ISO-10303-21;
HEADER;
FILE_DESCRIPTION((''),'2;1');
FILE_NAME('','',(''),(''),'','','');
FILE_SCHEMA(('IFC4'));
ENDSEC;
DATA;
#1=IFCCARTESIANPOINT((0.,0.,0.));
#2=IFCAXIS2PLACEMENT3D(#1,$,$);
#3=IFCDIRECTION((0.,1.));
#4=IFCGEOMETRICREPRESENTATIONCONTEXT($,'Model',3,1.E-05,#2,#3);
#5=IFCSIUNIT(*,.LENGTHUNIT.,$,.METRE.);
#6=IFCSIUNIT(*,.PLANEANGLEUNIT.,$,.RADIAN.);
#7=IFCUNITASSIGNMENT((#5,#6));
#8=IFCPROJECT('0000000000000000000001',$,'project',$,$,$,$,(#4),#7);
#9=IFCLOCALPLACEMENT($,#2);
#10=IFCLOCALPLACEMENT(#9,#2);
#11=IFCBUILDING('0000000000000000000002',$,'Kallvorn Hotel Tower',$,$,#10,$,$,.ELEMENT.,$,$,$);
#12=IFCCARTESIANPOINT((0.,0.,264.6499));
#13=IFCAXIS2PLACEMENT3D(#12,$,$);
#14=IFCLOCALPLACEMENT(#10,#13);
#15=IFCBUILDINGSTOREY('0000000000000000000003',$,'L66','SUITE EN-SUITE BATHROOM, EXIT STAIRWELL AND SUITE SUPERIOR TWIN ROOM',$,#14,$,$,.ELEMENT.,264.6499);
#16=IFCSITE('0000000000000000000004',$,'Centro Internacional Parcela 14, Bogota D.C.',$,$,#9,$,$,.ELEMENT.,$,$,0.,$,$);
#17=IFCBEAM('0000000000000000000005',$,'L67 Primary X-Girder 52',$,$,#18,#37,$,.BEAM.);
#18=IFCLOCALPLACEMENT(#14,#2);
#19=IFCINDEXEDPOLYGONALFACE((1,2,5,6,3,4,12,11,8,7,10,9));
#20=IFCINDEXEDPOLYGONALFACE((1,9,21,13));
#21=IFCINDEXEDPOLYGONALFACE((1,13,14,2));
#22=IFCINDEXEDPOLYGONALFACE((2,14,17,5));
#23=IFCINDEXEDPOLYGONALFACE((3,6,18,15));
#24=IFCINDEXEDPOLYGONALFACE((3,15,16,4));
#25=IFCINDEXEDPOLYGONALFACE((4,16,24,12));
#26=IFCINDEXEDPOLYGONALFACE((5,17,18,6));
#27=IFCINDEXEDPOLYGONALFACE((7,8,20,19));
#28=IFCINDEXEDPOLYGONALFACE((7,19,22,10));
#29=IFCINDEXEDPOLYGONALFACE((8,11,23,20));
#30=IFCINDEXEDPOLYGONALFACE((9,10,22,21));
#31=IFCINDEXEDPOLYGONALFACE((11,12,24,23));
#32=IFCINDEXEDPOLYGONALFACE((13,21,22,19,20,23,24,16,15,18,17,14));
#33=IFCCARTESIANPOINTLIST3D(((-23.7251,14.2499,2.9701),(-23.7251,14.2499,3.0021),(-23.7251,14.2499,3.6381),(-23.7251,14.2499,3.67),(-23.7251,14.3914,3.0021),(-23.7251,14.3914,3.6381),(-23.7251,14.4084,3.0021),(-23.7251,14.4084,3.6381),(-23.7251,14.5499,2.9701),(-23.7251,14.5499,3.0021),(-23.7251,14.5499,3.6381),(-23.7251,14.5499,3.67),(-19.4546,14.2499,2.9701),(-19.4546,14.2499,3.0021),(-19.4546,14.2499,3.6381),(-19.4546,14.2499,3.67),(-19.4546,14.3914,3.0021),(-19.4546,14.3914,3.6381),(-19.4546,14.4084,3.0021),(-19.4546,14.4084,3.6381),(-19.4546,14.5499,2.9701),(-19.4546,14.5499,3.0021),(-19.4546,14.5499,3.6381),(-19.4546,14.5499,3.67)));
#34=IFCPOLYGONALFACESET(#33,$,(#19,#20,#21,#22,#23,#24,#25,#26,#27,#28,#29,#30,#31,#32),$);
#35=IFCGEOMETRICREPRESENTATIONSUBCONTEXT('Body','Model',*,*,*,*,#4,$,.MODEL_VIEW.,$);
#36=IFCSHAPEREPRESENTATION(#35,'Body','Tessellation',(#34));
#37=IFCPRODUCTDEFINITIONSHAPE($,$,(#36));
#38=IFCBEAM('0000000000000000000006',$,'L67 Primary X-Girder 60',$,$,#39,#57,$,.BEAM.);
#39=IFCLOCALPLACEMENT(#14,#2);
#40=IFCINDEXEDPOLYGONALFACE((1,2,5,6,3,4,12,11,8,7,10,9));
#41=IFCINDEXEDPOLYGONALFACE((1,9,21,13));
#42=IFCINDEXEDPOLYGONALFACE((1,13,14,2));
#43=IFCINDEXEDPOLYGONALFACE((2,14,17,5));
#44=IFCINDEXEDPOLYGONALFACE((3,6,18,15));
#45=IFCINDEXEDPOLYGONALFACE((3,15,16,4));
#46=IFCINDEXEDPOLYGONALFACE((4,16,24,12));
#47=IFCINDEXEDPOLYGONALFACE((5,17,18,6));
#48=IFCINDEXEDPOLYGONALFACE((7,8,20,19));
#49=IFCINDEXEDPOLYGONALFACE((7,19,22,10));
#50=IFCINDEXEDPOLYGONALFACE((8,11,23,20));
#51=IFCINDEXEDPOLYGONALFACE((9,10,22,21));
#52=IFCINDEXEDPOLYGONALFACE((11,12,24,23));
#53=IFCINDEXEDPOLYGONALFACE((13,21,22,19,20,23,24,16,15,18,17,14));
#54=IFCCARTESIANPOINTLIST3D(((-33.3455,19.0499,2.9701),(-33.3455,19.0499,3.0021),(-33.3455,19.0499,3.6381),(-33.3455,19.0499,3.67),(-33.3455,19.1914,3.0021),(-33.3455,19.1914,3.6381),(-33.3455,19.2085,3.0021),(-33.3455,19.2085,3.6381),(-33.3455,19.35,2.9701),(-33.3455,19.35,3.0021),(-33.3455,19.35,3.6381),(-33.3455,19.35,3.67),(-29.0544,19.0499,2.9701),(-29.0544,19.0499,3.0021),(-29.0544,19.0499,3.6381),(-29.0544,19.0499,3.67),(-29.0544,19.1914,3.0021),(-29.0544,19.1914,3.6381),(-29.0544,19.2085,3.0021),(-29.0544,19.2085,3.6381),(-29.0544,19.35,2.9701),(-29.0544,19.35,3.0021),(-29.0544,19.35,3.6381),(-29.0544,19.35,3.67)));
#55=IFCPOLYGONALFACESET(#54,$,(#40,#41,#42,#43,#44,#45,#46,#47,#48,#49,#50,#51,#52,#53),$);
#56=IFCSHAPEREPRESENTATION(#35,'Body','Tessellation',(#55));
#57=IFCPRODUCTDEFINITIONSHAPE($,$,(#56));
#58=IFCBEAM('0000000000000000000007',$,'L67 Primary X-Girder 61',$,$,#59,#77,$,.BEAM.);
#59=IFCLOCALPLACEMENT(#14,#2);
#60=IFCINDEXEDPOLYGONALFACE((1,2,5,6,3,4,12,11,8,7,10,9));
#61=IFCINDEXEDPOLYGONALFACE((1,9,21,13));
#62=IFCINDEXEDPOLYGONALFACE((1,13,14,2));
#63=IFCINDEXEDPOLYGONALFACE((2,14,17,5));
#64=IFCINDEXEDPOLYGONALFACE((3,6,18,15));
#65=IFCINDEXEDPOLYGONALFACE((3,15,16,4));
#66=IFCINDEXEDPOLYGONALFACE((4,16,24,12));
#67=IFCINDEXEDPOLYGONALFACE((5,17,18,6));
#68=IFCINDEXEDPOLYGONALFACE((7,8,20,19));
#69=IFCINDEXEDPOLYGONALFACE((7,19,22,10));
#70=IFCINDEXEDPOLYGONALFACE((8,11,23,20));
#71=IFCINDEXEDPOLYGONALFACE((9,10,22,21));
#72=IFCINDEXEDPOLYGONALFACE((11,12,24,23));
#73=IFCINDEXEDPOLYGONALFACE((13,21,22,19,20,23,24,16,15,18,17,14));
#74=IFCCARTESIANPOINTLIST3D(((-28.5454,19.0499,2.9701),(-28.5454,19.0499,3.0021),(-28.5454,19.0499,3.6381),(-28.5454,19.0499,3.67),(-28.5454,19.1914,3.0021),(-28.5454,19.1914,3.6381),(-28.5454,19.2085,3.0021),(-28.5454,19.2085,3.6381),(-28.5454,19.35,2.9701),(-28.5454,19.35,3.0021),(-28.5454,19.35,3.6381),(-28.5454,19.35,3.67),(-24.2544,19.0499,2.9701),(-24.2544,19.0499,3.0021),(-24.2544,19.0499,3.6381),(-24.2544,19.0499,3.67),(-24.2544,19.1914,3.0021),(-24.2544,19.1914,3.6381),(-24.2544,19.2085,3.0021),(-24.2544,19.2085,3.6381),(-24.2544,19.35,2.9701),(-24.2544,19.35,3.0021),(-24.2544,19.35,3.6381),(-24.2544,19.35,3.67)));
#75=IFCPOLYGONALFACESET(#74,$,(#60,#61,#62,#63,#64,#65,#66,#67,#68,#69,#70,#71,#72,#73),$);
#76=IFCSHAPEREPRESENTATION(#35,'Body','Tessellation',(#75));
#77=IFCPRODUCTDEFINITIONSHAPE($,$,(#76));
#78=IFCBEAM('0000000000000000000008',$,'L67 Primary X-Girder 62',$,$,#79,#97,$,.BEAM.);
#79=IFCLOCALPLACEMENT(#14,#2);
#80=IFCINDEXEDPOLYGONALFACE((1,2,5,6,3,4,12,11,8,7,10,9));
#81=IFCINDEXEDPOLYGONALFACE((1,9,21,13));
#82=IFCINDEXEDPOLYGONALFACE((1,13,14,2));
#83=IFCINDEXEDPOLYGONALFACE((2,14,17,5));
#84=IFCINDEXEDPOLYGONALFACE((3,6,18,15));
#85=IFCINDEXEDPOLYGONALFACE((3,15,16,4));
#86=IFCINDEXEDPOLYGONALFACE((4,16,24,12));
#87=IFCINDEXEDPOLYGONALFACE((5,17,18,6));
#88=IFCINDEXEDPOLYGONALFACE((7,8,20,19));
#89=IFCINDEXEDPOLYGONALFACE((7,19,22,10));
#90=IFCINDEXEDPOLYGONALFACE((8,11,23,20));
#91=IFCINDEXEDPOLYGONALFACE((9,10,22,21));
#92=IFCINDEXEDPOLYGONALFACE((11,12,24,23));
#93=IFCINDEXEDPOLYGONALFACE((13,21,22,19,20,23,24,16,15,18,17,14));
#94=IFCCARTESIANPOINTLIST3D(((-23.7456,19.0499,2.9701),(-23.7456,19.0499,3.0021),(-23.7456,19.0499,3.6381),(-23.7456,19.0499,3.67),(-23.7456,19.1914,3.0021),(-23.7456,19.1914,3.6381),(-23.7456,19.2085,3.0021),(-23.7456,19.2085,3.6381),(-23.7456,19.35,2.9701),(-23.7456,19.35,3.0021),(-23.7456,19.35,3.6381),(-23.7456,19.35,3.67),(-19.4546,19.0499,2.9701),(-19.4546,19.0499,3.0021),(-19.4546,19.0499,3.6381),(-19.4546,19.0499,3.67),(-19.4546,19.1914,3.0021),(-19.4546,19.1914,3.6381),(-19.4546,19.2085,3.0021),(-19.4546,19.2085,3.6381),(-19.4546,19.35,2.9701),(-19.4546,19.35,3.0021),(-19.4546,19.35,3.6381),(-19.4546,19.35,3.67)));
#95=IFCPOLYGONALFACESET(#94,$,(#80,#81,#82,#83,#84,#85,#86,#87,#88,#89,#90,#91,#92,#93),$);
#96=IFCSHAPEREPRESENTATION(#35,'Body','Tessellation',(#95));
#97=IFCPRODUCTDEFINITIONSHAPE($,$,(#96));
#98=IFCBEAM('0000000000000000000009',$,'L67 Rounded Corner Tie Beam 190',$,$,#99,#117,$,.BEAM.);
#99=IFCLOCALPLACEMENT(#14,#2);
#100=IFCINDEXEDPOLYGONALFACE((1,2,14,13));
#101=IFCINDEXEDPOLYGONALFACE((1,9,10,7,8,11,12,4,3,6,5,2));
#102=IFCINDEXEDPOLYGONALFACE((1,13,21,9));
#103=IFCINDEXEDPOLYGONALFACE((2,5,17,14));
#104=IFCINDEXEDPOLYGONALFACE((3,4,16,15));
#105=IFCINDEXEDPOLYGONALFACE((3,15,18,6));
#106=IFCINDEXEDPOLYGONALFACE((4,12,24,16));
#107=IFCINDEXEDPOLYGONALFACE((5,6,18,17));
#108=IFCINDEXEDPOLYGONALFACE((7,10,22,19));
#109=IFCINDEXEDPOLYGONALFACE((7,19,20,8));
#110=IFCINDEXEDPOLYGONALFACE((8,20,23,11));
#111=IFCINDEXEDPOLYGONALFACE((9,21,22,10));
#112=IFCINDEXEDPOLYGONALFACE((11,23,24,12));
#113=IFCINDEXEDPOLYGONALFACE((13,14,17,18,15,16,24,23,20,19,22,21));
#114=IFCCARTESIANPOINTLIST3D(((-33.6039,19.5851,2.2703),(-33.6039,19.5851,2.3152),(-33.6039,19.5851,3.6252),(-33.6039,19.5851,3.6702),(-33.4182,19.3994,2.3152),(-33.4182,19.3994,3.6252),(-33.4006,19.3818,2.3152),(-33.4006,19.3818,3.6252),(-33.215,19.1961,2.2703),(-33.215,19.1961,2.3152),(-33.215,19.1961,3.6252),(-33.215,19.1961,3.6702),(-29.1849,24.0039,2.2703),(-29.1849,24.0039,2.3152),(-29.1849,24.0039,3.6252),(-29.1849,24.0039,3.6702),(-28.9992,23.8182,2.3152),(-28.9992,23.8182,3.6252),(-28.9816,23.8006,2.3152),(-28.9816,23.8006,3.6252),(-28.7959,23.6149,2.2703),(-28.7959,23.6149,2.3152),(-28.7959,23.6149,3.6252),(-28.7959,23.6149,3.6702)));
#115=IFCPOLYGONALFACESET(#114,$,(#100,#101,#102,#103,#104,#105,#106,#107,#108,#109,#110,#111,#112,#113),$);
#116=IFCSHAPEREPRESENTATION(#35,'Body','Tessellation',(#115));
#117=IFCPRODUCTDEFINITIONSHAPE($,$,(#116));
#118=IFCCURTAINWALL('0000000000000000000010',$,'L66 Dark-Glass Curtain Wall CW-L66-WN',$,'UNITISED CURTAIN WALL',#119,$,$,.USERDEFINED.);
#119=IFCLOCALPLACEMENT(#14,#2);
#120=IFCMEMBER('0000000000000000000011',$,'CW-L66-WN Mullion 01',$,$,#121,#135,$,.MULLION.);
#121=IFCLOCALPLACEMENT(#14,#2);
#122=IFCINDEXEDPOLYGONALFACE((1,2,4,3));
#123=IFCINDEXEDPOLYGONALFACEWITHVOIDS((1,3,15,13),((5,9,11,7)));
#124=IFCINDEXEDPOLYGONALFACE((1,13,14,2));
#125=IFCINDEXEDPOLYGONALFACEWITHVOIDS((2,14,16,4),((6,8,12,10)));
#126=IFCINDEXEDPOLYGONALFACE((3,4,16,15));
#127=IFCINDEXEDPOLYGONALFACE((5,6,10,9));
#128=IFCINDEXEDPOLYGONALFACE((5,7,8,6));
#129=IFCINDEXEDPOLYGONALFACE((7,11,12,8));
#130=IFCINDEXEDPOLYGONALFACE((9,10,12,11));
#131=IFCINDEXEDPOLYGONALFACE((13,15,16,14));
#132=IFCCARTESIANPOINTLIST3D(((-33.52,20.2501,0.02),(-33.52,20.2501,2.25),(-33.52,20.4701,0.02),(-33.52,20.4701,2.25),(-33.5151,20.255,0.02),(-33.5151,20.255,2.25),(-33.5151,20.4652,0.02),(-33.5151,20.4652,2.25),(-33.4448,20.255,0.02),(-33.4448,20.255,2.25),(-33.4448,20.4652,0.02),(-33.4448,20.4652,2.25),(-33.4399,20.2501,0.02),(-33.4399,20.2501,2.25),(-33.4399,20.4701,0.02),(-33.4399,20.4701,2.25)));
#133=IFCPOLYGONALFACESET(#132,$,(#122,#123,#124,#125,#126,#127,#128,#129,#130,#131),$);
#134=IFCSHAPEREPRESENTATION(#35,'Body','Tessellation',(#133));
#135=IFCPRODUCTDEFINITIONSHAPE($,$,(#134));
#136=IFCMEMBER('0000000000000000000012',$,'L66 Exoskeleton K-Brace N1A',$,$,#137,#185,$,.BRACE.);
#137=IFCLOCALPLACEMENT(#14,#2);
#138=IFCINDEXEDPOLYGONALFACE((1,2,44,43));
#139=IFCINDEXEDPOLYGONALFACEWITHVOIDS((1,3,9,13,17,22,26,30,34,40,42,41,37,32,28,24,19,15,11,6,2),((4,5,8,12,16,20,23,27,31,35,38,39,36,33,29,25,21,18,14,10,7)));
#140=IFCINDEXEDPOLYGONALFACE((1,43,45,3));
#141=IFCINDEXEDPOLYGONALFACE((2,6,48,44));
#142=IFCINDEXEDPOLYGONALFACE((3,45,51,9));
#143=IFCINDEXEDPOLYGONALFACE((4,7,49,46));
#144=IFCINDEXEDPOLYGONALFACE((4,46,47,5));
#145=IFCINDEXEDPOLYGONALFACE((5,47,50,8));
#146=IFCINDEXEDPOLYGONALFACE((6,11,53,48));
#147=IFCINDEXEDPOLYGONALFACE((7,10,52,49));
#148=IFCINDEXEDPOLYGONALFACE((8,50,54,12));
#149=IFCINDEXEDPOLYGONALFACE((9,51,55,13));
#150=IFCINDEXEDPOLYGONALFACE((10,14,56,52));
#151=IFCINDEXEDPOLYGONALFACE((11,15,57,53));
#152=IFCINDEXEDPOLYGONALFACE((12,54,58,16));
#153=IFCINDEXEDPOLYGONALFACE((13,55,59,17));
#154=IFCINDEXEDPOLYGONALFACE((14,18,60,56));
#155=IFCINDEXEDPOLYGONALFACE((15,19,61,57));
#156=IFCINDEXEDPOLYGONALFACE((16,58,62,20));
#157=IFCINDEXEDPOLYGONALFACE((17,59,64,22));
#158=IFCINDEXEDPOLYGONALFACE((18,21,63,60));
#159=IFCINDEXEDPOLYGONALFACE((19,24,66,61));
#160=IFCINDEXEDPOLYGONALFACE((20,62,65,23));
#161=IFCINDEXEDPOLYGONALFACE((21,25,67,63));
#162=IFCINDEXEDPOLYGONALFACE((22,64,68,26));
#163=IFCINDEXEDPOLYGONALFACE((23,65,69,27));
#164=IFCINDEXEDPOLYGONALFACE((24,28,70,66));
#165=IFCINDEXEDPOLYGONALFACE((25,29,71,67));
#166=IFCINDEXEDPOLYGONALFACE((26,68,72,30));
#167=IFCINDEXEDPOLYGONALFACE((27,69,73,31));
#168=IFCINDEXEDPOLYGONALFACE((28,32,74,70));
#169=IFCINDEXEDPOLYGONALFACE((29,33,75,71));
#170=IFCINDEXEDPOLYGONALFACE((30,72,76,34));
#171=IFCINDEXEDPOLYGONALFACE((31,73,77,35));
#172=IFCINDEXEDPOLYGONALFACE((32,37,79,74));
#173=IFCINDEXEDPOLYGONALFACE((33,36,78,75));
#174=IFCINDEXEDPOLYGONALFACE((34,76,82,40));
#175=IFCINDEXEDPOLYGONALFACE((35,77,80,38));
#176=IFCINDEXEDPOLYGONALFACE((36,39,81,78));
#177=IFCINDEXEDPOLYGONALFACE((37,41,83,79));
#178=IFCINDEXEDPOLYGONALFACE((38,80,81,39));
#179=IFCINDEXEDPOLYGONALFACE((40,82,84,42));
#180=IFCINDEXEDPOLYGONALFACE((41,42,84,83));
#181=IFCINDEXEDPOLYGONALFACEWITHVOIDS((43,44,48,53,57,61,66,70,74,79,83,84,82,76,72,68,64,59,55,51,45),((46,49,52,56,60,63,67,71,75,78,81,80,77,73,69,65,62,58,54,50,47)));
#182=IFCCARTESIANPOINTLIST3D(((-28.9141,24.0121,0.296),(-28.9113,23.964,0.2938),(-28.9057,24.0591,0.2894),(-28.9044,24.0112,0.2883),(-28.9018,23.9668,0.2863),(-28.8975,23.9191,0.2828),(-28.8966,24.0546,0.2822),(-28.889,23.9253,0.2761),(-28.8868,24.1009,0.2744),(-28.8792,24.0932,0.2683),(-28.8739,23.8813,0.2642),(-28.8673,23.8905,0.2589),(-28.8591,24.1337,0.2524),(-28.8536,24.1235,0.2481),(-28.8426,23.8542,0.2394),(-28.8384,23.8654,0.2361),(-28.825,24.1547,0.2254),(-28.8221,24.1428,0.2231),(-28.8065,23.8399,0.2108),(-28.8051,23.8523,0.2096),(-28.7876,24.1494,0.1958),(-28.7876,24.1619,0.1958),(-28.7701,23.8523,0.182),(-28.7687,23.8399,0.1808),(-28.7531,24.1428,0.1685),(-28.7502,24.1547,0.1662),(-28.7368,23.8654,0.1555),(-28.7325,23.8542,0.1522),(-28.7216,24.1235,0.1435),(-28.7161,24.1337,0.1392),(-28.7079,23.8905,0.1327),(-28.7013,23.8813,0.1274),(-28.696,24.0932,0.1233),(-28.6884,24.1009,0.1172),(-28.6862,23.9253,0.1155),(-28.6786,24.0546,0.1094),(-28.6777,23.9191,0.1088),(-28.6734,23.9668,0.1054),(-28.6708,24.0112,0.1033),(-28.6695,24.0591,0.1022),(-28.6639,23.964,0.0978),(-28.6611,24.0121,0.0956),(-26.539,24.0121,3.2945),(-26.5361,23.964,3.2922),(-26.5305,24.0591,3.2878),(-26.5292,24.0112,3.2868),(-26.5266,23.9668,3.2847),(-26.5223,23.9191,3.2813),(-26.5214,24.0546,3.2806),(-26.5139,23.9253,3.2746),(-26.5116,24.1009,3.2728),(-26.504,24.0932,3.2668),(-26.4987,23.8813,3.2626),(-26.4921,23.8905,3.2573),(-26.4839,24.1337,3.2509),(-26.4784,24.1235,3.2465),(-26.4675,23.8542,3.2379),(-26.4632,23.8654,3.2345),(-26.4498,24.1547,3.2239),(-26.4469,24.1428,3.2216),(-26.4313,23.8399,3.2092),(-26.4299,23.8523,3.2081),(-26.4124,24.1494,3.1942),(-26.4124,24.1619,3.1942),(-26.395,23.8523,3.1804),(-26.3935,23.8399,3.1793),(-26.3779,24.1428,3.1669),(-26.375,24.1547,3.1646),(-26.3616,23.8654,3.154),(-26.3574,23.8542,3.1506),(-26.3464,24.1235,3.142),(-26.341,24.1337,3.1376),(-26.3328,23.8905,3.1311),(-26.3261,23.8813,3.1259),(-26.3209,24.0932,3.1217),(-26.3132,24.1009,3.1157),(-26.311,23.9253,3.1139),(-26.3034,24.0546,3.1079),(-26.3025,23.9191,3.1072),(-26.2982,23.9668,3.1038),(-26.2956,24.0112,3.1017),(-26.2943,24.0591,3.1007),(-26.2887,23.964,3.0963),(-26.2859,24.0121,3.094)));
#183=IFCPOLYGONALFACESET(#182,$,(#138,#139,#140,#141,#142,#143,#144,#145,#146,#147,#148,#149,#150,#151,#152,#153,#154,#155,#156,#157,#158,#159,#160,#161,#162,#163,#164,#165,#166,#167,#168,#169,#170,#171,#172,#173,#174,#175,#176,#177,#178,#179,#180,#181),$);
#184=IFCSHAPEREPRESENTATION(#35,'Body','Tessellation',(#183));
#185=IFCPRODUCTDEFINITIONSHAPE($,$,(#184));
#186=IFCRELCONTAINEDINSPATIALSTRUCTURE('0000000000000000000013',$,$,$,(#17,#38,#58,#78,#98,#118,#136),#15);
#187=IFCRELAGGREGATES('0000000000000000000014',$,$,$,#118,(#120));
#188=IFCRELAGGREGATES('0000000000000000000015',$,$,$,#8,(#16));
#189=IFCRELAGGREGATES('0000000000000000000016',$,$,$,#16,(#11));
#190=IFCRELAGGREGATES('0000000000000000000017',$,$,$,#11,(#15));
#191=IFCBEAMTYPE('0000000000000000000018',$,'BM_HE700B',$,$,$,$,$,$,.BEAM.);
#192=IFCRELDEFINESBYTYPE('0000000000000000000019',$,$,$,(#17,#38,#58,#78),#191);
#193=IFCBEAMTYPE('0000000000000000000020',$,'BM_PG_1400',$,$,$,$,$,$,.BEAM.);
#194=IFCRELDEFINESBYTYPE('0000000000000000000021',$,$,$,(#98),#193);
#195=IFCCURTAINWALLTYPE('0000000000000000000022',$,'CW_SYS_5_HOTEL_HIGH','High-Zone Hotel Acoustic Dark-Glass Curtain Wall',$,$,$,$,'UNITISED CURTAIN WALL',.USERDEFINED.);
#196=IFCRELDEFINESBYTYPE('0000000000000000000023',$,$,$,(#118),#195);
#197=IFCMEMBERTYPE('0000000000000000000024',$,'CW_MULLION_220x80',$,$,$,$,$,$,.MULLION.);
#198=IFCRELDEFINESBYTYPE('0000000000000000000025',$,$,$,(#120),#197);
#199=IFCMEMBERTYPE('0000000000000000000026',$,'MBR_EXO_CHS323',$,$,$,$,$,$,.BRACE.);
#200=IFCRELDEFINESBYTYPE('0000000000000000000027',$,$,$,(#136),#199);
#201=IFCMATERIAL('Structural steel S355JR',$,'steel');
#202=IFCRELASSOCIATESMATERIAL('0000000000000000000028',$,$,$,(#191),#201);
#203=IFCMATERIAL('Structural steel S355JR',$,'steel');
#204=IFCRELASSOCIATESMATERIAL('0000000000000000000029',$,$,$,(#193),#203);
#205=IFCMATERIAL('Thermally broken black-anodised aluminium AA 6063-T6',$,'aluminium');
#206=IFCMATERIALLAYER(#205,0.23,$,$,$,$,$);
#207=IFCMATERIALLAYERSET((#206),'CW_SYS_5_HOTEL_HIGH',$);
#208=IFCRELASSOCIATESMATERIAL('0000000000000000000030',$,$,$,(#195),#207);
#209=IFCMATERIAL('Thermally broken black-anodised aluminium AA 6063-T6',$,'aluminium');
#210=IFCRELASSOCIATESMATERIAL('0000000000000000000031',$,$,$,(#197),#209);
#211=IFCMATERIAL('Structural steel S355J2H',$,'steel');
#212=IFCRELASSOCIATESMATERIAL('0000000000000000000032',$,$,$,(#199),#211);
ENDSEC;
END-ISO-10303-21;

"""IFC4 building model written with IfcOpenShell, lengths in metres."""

from ifc_helpers import new_model, si_unit, direction, frame, origin, origin_2d, place, context, subcontext, project, spatial, hollow_rectangle, hollow_circle, i_section, extrude, material, layer, layer_set, material_profile, profile_set, type_object, element, aggregate, save


model = new_model("IFC4")

# Units and contexts
model_context = context("Model", 3, precision=1e-05, world=origin(), true_north=direction((0.0, 1.0)))
body_context = subcontext(model_context, "Body", "Model", "MODEL_VIEW")
ifc_project = project(units=[si_unit("LENGTHUNIT", "METRE"), si_unit("PLANEANGLEUNIT", "RADIAN")], contexts=[model_context])

# Site, building, storey
site_placement = place(None, origin())
site = spatial("IfcSite", under=ifc_project, at=site_placement, Name="Centro Internacional Parcela 14, Bogota D.C.", CompositionType="ELEMENT", RefElevation=0.0)
building_placement = place(site_placement, origin())
building = spatial("IfcBuilding", under=site, at=building_placement, Name="Kallvorn Hotel Tower", CompositionType="ELEMENT")
storey_placement = place(building_placement, frame((0.0, 0.0, 264.6499)))
storey = spatial("IfcBuildingStorey", under=building, at=storey_placement, Name="L66", Description="SUITE EN-SUITE BATHROOM, EXIT STAIRWELL AND SUITE SUPERIOR TWIN ROOM", CompositionType="ELEMENT", Elevation=264.6499)

# Beams
ifc_material_1 = material(Name="Structural steel S355JR", Category="steel")
ifc_material_profile_1 = material_profile(ifc_material_1, i_section(OverallWidth=0.3, OverallDepth=0.7, WebThickness=0.0171, FlangeThickness=0.032, at=origin_2d()), Name="HE 700 B")
ifc_profile_set_1 = profile_set([ifc_material_profile_1], Name="Structural steel S355JR")
beam_type_1 = type_object("IfcBeamType", Name="BM_HE700B", PredefinedType="BEAM", material=ifc_profile_set_1)
for number, where, z_axis, x_axis, name in (
    (1, (-23.7251, 14.3999, 3.3201), (1.0, 0.0, 0.0), (0.0, 1.0, 0.0), "L67 Primary X-Girder 52"),
):
    element("IfcBeam", number, at=place(storey_placement, frame(where, z_axis=z_axis, x_axis=x_axis)), inside=storey, type_object=beam_type_1, Name=name, PredefinedType="BEAM", context=body_context, shape_type="SweptSolid", body=[
        extrude(i_section(OverallWidth=0.3, OverallDepth=0.7, WebThickness=0.0171, FlangeThickness=0.032, at=origin_2d()), origin(), (0.0, 0.0, 1.0), 4.2705),
    ])
for number, where, z_axis, x_axis, name in (
    (2, (-33.3455, 19.2, 3.3201), (1.0, 0.0, 0.0), (0.0, 1.0, 0.0), "L67 Primary X-Girder 60"),
    (3, (-28.5454, 19.2, 3.3201), (1.0, 0.0, 0.0), (0.0, 1.0, 0.0), "L67 Primary X-Girder 61"),
    (4, (-23.7456, 19.2, 3.3201), (1.0, 0.0, 0.0), (0.0, 1.0, 0.0), "L67 Primary X-Girder 62"),
):
    element("IfcBeam", number, at=place(storey_placement, frame(where, z_axis=z_axis, x_axis=x_axis)), inside=storey, type_object=beam_type_1, Name=name, PredefinedType="BEAM", context=body_context, shape_type="SweptSolid", body=[
        extrude(i_section(OverallWidth=0.3, OverallDepth=0.7, WebThickness=0.0171, FlangeThickness=0.032, at=origin_2d()), origin(), (0.0, 0.0, 1.0), 4.291),
    ])
ifc_material_2 = material(Name="Structural steel S355JR", Category="steel")
ifc_material_profile_2 = material_profile(ifc_material_2, i_section(OverallWidth=0.55, OverallDepth=1.3999, WebThickness=0.0249, FlangeThickness=0.0449, at=origin_2d()), Name="PG 1400x550x25x45")
ifc_profile_set_2 = profile_set([ifc_material_profile_2], Name="Structural steel S355JR")
beam_type_2 = type_object("IfcBeamType", Name="BM_PG_1400", PredefinedType="BEAM", material=ifc_profile_set_2)
beam_1_placement = place(storey_placement, frame((-33.4094, 19.3906, 2.9702), z_axis=(0.707126, 0.707087, 0.0), x_axis=(-0.707087, 0.707126, 0.0)))
element("IfcBeam", 5, at=beam_1_placement, inside=storey, type_object=beam_type_2, Name="L67 Rounded Corner Tie Beam 190", PredefinedType="BEAM", context=body_context, shape_type="SweptSolid", body=[
    extrude(i_section(OverallWidth=0.55, OverallDepth=1.3999, WebThickness=0.0249, FlangeThickness=0.0449, at=origin_2d()), origin(), (0.0, 0.0, 1.0), 6.2493),
])

# Curtain wall, member
ifc_material_3 = material(Name="Thermally broken black-anodised aluminium AA 6063-T6", Category="aluminium")
ifc_layer_1 = layer(ifc_material_3, 0.23)
ifc_layer_set_1 = layer_set([ifc_layer_1], Name="CW_SYS_5_HOTEL_HIGH")
curtain_wall_type = type_object("IfcCurtainWallType", Name="CW_SYS_5_HOTEL_HIGH", Description="High-Zone Hotel Acoustic Dark-Glass Curtain Wall", ElementType="UNITISED CURTAIN WALL", PredefinedType="USERDEFINED", material=ifc_layer_set_1)
curtain_wall_placement = place(storey_placement, origin())
curtain_wall = element("IfcCurtainWall", 6, at=curtain_wall_placement, inside=storey, type_object=curtain_wall_type, Name="L66 Dark-Glass Curtain Wall CW-L66-WN", ObjectType="UNITISED CURTAIN WALL", PredefinedType="USERDEFINED")
ifc_material_4 = material(Name="Thermally broken black-anodised aluminium AA 6063-T6", Category="aluminium")
ifc_material_profile_3 = material_profile(ifc_material_4, hollow_rectangle(XDim=0.0801, YDim=0.22, WallThickness=0.0049, at=origin_2d()), Name="MUL 220x80")
ifc_profile_set_3 = profile_set([ifc_material_profile_3], Name="Thermally broken black-anodised aluminium AA 6063-T6")
member_type_1 = type_object("IfcMemberType", Name="CW_MULLION_220x80", PredefinedType="MULLION", material=ifc_profile_set_3)
member_placement = place(storey_placement, frame((-33.48, 20.3601, 0.02), z_axis=(0.0, 0.0, 1.0), x_axis=(1.0, 0.0, 0.0)))
member = element("IfcMember", 7, at=member_placement, type_object=member_type_1, Name="CW-L66-WN Mullion 01", PredefinedType="MULLION", context=body_context, shape_type="SweptSolid", body=[
    extrude(hollow_rectangle(XDim=0.0801, YDim=0.22, WallThickness=0.0049, at=origin_2d()), origin(), (0.0, 0.0, 1.0), 2.23),
])
aggregate(curtain_wall, [member])

# Member
ifc_material_5 = material(Name="Structural steel S355J2H", Category="steel")
ifc_material_profile_4 = material_profile(ifc_material_5, hollow_circle(Radius=0.1619, WallThickness=0.0125, at=origin_2d()), Name="CHS 323.9x12.5")
ifc_profile_set_4 = profile_set([ifc_material_profile_4], Name="Structural steel S355J2H")
member_type_2 = type_object("IfcMemberType", Name="MBR_EXO_CHS323", PredefinedType="BRACE", material=ifc_profile_set_4)
for number, where, z_axis, x_axis, name in (
    (8, (-28.7876, 24.0, 0.1958), (0.620929, 0.0, 0.783867), (0.0, 1.0, 0.0), "L66 Exoskeleton K-Brace N1A"),
):
    element("IfcMember", number, at=place(storey_placement, frame(where, z_axis=z_axis, x_axis=x_axis)), inside=storey, type_object=member_type_2, Name=name, PredefinedType="BRACE", context=body_context, shape_type="SweptSolid", body=[
        extrude(hollow_circle(Radius=0.1619, WallThickness=0.0125, at=origin_2d()), origin(), (0.0, 0.0, 1.0), 3.8252),
    ])

save(model, "model.ifc")
